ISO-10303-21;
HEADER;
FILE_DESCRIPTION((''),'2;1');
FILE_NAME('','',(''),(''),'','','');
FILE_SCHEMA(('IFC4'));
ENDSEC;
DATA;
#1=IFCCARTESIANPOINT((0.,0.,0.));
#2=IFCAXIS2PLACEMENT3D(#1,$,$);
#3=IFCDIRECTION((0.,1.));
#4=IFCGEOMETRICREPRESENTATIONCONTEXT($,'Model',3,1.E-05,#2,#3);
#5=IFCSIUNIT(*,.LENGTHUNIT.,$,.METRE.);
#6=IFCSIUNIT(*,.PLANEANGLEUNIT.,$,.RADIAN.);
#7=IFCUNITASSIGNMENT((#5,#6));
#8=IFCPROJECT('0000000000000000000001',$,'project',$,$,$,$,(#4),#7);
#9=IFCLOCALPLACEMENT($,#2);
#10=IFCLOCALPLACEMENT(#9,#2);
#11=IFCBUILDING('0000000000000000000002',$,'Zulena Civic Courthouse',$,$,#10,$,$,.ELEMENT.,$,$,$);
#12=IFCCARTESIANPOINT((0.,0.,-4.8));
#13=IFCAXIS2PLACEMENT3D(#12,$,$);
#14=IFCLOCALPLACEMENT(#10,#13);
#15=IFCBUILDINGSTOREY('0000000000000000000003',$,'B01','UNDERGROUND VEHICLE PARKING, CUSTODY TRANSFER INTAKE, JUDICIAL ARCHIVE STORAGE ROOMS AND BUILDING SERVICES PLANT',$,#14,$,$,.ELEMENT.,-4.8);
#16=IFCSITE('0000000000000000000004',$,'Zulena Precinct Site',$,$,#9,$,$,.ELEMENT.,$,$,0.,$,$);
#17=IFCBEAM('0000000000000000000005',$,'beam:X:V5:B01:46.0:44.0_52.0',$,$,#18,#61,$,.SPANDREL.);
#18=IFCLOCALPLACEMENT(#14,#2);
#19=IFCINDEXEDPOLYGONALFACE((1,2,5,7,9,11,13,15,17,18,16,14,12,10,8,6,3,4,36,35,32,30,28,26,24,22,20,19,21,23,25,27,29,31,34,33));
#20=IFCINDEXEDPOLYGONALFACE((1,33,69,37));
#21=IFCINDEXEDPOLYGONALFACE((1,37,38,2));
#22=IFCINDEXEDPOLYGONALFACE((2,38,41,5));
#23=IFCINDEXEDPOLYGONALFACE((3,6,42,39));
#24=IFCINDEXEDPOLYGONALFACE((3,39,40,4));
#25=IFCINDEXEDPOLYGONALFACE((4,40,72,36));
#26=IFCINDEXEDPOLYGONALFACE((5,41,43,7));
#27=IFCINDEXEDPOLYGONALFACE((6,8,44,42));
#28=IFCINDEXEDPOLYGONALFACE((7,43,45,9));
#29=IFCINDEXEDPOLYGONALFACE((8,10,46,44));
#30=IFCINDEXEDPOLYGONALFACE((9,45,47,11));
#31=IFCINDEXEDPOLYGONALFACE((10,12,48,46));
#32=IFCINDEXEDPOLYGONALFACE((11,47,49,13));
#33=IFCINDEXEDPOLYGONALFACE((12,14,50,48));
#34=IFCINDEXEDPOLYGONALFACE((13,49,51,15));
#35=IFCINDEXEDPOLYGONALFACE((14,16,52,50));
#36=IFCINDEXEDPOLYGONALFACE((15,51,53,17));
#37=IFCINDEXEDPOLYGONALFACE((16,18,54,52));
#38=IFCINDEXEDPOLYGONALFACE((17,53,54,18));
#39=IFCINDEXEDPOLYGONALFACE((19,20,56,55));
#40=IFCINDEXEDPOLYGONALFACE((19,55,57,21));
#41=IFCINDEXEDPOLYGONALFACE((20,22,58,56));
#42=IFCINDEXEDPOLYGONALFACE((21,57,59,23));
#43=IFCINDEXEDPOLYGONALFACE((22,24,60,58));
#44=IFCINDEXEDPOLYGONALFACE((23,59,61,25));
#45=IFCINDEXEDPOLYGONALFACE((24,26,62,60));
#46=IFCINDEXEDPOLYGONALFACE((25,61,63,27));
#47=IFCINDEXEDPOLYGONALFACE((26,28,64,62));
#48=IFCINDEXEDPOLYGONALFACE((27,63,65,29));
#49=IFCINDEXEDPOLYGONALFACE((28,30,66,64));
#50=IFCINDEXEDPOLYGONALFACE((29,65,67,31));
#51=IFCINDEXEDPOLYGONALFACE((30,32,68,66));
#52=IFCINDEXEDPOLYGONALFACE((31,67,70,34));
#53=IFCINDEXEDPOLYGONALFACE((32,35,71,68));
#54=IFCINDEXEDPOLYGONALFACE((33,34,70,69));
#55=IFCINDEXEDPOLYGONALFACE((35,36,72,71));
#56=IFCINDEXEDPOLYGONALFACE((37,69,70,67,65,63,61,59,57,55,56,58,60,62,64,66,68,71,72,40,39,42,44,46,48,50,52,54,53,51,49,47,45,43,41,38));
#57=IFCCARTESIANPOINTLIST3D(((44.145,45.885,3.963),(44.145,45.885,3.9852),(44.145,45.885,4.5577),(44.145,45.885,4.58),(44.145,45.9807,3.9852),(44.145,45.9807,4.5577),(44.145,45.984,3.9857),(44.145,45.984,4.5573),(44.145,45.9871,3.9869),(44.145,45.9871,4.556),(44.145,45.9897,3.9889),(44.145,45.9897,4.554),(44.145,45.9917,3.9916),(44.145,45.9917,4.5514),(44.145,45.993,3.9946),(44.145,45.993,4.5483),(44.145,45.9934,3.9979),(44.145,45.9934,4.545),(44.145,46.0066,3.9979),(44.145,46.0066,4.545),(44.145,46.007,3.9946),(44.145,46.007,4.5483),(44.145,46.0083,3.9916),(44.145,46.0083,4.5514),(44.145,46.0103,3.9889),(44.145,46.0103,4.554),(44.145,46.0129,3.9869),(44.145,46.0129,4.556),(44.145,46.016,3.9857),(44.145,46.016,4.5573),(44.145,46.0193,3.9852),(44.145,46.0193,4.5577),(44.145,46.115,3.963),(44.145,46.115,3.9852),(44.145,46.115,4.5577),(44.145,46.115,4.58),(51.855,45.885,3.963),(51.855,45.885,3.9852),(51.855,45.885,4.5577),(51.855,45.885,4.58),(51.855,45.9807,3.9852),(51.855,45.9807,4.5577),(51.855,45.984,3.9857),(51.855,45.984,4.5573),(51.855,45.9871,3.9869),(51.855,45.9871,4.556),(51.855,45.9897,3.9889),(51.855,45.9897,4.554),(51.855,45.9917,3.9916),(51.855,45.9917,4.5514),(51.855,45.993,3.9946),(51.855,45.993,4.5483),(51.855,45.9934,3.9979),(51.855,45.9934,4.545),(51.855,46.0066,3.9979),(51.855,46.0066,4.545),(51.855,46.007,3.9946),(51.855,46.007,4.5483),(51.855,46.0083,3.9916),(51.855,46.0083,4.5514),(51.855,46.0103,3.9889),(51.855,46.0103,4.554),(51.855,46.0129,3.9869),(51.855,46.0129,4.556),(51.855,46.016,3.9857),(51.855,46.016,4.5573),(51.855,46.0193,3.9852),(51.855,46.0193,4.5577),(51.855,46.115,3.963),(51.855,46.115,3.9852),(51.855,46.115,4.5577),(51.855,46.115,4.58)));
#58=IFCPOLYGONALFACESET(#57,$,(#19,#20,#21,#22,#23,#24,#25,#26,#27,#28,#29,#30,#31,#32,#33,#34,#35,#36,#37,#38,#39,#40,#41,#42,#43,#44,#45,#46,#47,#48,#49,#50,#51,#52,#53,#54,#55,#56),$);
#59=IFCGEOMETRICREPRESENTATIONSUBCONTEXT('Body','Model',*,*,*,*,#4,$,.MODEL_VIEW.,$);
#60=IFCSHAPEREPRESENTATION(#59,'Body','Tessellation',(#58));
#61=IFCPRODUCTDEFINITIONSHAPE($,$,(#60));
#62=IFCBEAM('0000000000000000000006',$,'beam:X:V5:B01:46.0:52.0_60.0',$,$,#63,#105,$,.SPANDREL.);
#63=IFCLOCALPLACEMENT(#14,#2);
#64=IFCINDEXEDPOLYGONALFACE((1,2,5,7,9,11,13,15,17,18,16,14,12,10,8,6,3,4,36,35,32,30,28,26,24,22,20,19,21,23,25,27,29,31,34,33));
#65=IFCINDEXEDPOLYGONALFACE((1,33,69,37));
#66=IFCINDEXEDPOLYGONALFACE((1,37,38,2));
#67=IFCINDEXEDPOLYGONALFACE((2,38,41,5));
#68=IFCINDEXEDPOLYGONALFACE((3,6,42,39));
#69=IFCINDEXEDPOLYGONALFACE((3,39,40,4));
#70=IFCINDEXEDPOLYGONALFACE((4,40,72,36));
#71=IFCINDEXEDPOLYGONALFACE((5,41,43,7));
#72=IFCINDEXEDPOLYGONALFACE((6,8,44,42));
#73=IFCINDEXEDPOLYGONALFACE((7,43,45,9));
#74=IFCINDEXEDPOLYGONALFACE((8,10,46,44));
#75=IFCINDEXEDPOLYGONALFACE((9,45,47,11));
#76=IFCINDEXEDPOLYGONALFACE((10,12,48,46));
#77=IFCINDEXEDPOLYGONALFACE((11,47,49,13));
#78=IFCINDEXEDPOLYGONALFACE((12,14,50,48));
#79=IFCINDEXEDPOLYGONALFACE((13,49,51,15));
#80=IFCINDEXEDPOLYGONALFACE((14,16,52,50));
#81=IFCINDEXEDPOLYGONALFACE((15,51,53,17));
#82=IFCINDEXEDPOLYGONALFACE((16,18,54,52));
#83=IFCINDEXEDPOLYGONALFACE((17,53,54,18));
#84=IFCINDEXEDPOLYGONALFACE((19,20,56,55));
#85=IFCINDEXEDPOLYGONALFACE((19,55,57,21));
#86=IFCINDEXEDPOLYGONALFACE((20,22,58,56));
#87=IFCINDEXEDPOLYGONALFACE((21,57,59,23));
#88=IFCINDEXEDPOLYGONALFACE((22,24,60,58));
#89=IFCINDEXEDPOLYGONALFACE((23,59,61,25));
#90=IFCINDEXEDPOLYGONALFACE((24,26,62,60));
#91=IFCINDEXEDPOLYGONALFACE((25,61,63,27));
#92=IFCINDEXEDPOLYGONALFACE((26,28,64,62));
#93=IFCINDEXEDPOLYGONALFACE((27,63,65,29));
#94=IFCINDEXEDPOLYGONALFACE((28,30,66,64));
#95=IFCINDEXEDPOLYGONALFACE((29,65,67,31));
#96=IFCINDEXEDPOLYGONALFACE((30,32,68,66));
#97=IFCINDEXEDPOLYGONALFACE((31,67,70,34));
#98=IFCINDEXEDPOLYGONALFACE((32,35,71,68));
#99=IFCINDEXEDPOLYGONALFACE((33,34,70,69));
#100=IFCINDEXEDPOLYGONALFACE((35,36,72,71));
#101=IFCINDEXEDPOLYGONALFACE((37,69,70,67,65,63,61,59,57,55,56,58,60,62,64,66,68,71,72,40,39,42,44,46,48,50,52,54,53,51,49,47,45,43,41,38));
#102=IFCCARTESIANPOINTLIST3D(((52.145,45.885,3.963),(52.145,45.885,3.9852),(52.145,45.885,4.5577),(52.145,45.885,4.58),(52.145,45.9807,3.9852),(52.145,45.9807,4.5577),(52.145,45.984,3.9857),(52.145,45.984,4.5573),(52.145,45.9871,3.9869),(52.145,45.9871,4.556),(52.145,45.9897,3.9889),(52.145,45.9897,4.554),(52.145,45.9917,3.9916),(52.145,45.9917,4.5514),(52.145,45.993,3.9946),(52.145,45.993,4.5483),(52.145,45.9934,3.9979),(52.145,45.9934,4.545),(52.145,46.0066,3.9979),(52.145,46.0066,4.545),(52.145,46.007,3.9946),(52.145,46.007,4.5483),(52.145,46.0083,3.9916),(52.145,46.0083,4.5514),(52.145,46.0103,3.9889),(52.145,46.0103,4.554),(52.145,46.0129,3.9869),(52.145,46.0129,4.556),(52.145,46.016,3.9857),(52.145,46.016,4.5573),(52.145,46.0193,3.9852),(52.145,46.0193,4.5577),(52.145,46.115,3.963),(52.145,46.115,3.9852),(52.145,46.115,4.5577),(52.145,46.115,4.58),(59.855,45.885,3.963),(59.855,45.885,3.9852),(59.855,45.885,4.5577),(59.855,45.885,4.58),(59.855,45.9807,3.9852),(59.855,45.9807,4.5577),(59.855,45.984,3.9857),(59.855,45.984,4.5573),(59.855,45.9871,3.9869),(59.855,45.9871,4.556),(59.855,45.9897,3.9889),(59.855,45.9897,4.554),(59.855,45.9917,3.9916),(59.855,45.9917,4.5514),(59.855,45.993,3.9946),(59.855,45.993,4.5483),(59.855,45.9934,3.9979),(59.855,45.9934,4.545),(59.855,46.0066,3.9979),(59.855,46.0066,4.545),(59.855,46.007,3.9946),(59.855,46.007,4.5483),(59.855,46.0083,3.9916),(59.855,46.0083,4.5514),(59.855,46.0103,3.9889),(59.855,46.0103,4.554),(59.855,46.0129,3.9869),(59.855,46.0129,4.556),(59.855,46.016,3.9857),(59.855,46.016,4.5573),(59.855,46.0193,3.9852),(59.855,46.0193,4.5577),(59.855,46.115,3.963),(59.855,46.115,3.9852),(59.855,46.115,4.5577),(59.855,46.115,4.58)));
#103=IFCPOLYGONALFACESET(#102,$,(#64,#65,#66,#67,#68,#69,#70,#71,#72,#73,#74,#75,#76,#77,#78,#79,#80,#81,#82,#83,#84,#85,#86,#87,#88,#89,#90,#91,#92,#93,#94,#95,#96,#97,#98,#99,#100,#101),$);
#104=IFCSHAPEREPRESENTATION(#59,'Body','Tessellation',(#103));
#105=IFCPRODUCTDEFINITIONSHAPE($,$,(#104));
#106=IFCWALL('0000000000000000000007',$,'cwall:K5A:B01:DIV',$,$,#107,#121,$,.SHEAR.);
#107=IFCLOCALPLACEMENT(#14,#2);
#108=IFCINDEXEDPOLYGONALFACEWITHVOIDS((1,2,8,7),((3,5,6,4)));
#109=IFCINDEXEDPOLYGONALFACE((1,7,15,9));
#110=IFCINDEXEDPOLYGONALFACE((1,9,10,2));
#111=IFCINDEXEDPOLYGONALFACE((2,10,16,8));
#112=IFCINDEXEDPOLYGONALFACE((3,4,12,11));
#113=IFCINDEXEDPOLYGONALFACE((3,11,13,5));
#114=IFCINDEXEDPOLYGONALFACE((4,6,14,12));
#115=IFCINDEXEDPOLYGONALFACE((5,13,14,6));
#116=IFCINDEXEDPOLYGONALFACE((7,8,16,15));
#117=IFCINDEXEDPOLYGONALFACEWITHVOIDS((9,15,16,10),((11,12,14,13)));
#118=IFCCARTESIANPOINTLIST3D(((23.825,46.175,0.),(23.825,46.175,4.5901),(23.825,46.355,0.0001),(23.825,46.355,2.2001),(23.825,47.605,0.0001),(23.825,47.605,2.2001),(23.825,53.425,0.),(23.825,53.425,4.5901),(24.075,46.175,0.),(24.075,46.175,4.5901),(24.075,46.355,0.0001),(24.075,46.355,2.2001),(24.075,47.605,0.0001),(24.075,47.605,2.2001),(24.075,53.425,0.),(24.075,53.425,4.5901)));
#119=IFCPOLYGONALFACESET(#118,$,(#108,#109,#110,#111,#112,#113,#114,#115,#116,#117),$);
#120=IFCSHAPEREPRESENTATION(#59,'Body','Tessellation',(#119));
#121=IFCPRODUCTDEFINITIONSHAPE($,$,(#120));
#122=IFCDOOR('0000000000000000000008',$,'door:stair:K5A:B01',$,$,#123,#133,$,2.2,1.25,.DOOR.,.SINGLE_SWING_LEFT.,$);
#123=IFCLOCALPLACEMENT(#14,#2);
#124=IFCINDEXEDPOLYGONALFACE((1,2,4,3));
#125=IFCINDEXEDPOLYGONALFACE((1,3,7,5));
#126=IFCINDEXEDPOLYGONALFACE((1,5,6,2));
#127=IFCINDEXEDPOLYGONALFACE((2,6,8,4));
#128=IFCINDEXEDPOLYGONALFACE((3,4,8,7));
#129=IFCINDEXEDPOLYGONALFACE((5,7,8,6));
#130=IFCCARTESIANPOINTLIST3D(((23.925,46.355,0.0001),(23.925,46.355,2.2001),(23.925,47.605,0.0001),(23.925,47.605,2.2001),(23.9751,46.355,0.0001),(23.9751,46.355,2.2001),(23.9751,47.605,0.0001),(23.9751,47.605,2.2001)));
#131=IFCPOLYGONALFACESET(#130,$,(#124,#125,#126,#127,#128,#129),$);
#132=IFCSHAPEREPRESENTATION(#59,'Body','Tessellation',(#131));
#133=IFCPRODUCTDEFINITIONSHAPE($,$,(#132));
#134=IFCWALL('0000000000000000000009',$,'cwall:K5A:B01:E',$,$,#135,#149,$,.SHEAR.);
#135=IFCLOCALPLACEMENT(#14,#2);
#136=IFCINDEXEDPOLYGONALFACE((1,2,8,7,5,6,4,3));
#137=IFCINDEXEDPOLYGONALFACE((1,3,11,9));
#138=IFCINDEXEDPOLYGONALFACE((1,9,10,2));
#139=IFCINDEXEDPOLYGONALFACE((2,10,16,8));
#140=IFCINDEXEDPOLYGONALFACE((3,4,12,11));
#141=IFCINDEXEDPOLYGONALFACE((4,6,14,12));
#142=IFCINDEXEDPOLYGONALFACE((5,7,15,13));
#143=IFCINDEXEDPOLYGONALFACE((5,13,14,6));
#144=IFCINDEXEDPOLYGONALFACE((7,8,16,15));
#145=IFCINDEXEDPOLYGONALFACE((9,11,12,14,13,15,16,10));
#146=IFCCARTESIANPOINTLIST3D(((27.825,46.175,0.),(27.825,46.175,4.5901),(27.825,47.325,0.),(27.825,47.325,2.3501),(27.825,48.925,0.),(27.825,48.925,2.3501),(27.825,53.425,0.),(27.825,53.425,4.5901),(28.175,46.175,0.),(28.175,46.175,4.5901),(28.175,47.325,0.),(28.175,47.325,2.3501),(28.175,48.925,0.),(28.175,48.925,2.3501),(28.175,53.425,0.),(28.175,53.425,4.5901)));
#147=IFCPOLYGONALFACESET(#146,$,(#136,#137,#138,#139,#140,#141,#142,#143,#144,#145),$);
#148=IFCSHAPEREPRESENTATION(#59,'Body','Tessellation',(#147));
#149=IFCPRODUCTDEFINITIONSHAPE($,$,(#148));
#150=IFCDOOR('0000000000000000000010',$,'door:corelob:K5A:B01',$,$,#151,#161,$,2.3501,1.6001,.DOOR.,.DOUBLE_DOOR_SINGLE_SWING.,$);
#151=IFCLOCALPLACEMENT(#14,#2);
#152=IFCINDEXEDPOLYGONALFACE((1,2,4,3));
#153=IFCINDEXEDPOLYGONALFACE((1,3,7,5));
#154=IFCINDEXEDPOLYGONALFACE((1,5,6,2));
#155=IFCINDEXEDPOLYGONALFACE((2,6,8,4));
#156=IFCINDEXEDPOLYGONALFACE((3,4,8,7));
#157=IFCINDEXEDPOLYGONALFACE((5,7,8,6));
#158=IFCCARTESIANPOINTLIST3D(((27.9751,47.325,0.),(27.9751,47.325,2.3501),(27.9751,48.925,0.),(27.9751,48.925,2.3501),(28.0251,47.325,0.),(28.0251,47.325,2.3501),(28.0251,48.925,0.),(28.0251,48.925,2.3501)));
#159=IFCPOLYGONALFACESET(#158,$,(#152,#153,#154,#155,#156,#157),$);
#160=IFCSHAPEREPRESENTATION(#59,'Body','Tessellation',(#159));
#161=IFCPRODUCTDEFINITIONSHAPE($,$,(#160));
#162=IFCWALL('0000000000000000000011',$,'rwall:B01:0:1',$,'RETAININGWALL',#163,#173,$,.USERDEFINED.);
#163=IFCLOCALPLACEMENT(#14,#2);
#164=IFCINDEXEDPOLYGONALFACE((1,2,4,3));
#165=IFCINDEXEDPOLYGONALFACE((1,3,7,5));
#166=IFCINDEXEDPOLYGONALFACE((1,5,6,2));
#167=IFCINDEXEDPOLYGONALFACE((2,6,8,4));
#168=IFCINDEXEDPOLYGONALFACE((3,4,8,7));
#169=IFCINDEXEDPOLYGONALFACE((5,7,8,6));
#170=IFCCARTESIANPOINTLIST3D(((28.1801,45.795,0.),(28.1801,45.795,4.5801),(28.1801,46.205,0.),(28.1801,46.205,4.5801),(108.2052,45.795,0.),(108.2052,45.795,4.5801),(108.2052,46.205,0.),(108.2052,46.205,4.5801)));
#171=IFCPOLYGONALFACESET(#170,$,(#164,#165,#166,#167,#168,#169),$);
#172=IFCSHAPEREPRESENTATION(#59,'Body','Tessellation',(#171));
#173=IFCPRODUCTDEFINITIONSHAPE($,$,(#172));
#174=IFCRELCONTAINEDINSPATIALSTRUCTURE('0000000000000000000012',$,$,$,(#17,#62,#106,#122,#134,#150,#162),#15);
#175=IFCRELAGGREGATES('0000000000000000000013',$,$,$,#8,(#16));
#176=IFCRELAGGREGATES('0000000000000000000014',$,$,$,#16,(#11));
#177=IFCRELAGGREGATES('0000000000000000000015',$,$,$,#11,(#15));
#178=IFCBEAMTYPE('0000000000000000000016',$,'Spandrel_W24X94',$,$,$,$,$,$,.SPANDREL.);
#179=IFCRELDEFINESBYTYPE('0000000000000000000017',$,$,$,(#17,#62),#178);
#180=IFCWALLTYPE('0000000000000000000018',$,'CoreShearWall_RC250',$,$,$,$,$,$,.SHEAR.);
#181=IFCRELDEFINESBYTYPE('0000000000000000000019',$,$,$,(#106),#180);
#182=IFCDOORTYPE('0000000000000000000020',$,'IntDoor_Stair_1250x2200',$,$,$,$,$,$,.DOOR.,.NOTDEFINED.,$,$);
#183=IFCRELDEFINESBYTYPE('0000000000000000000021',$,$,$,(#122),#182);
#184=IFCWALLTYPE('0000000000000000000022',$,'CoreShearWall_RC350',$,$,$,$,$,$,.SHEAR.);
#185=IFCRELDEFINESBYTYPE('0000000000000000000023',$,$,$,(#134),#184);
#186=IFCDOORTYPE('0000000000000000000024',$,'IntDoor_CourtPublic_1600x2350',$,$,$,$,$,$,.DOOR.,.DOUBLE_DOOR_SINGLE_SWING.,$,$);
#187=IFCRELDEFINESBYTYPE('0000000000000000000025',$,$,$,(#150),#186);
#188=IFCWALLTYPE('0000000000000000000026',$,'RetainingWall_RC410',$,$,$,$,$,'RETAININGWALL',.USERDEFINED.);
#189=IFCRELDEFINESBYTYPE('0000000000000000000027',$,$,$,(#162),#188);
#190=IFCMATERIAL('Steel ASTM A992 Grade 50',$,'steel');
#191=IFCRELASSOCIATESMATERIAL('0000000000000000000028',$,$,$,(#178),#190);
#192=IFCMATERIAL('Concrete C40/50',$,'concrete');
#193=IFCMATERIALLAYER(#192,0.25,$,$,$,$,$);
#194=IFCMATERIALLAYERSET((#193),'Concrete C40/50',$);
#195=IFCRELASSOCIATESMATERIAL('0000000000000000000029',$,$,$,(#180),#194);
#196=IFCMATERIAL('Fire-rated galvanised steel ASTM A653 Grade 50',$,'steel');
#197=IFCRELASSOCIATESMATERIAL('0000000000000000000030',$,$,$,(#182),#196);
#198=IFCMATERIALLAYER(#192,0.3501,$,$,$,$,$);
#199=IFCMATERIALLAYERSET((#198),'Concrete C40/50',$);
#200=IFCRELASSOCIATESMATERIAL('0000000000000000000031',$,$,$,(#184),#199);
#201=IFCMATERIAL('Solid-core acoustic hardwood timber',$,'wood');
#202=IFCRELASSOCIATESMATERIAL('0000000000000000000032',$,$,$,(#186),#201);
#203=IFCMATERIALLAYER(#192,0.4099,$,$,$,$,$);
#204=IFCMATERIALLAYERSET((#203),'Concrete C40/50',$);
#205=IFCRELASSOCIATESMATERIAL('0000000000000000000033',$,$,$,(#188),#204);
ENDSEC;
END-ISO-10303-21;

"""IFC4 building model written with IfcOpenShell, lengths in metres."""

from ifc_helpers import new_model, si_unit, direction, frame, frame_2d, origin, origin_2d, place, context, subcontext, project, spatial, rectangle, i_section, extrude, material, layer, layer_set, material_profile, profile_set, type_object, element, fill, save


model = new_model("IFC4")

# Units and contexts
model_context = context("Model", 3, precision=1e-05, world=origin(), true_north=direction((0.0, 1.0)))
body_context = subcontext(model_context, "Body", "Model", "MODEL_VIEW")
ifc_project = project(units=[si_unit("LENGTHUNIT", "METRE"), si_unit("PLANEANGLEUNIT", "RADIAN")], contexts=[model_context])

# Site, building, storey
site_placement = place(None, origin())
site = spatial("IfcSite", under=ifc_project, at=site_placement, Name="Zulena Precinct Site", CompositionType="ELEMENT", RefElevation=0.0)
building_placement = place(site_placement, origin())
building = spatial("IfcBuilding", under=site, at=building_placement, Name="Zulena Civic Courthouse", CompositionType="ELEMENT")
storey_placement = place(building_placement, frame((0.0, 0.0, -4.8)))
storey = spatial("IfcBuildingStorey", under=building, at=storey_placement, Name="B01", Description="UNDERGROUND VEHICLE PARKING, CUSTODY TRANSFER INTAKE, JUDICIAL ARCHIVE STORAGE ROOMS AND BUILDING SERVICES PLANT", CompositionType="ELEMENT", Elevation=-4.8)

# Shared definitions
ifc_material_1 = material(Name="Concrete C40/50", Category="concrete")

# Shared definitions
ifc_material_2 = material(Name="Steel ASTM A992 Grade 50", Category="steel")

# Beams
ifc_material_profile_1 = material_profile(ifc_material_2, i_section(OverallWidth=0.23, OverallDepth=0.6169, WebThickness=0.0132, FlangeThickness=0.0222, FilletRadius=0.0127, at=origin_2d()), Name="W24X94")
ifc_profile_set_1 = profile_set([ifc_material_profile_1], Name="Steel ASTM A992 Grade 50")
beam_type_1 = type_object("IfcBeamType", Name="Spandrel_W24X94", PredefinedType="SPANDREL", material=ifc_profile_set_1)
for number, where, z_axis, x_axis, name in (
    (1, (44.145, 46.0, 4.2715), (1.0, 0.0, 0.0), (0.0, 1.0, 0.0), "beam:X:V5:B01:46.0:44.0_52.0"),
    (2, (52.145, 46.0, 4.2715), (1.0, 0.0, 0.0), (0.0, 1.0, 0.0), "beam:X:V5:B01:46.0:52.0_60.0"),
):
    element("IfcBeam", number, at=place(storey_placement, frame(where, z_axis=z_axis, x_axis=x_axis)), inside=storey, type_object=beam_type_1, Name=name, PredefinedType="SPANDREL", context=body_context, shape_type="SweptSolid", body=[
        extrude(i_section(OverallWidth=0.23, OverallDepth=0.6169, WebThickness=0.0132, FlangeThickness=0.0222, FilletRadius=0.0127, at=origin_2d()), origin(), (0.0, 0.0, 1.0), 7.71),
    ])

# Walls, openings, doors
ifc_layer_1 = layer(ifc_material_1, 0.25)
ifc_layer_set_1 = layer_set([ifc_layer_1], Name="Concrete C40/50")
wall_type_1 = type_object("IfcWallType", Name="CoreShearWall_RC250", PredefinedType="SHEAR", material=ifc_layer_set_1)
wall_1_placement = place(storey_placement, frame((23.95, 46.175, 0.0), z_axis=(0.0, 0.0, 1.0), x_axis=(0.0, 1.0, 0.0)))
wall_1 = element("IfcWall", 3, at=wall_1_placement, inside=storey, type_object=wall_type_1, Name="cwall:K5A:B01:DIV", PredefinedType="SHEAR", context=body_context, shape_type="SweptSolid", body=[
    extrude(rectangle(XDim=7.25, YDim=0.25, at=frame_2d((3.625, 0.0))), origin(), (0.0, 0.0, 1.0), 4.5901),
])
opening_1_placement = place(wall_1_placement, frame((0.1799, 0.0, 0.0)))
opening_1 = element("IfcOpeningElement", 4, at=opening_1_placement, cuts=wall_1, PredefinedType="OPENING", context=body_context, shape_type="SweptSolid", body=[
    extrude(rectangle(XDim=1.25, YDim=2.2, at=frame_2d((0.625, 1.1001))), frame((0.0, 0.135, 0.0), z_axis=(0.0, -1.0, 0.0), x_axis=(1.0, 0.0, 0.0)), (0.0, 0.0, 1.0), 0.27),
])
ifc_material_3 = material(Name="Fire-rated galvanised steel ASTM A653 Grade 50", Category="steel")
door_type_1 = type_object("IfcDoorType", Name="IntDoor_Stair_1250x2200", OperationType="NOTDEFINED", PredefinedType="DOOR", material=ifc_material_3)
door_1_placement = place(opening_1_placement, origin())
door_1 = element("IfcDoor", 5, at=door_1_placement, inside=storey, type_object=door_type_1, Name="door:stair:K5A:B01", OperationType="SINGLE_SWING_LEFT", OverallHeight=2.2, OverallWidth=1.25, PredefinedType="DOOR", context=body_context, shape_type="SweptSolid", body=[
    extrude(rectangle(XDim=1.25, YDim=2.2, at=frame_2d((0.625, 1.1001))), frame((0.0, 0.0249, 0.0), z_axis=(0.0, -1.0, 0.0), x_axis=(1.0, 0.0, 0.0)), (0.0, 0.0, 1.0), 0.05),
])
fill(opening_1, door_1)
ifc_layer_2 = layer(ifc_material_1, 0.3501)
ifc_layer_set_2 = layer_set([ifc_layer_2], Name="Concrete C40/50")
wall_type_2 = type_object("IfcWallType", Name="CoreShearWall_RC350", PredefinedType="SHEAR", material=ifc_layer_set_2)
wall_2_placement = place(storey_placement, frame((28.0, 46.175, 0.0), z_axis=(0.0, 0.0, 1.0), x_axis=(0.0, 1.0, 0.0)))
wall_2 = element("IfcWall", 6, at=wall_2_placement, inside=storey, type_object=wall_type_2, Name="cwall:K5A:B01:E", PredefinedType="SHEAR", context=body_context, shape_type="SweptSolid", body=[
    extrude(rectangle(XDim=7.25, YDim=0.3501, at=frame_2d((3.625, 0.0))), origin(), (0.0, 0.0, 1.0), 4.5901),
])
opening_2_placement = place(wall_2_placement, frame((1.1499, 0.0, 0.0)))
opening_2 = element("IfcOpeningElement", 7, at=opening_2_placement, cuts=wall_2, PredefinedType="OPENING", context=body_context, shape_type="SweptSolid", body=[
    extrude(rectangle(XDim=1.6001, YDim=2.3501, at=frame_2d((0.8, 1.175))), frame((0.0, 0.1851, 0.0), z_axis=(0.0, -1.0, 0.0), x_axis=(1.0, 0.0, 0.0)), (0.0, 0.0, 1.0), 0.3701),
])
ifc_material_4 = material(Name="Solid-core acoustic hardwood timber", Category="wood")
door_type_2 = type_object("IfcDoorType", Name="IntDoor_CourtPublic_1600x2350", OperationType="DOUBLE_DOOR_SINGLE_SWING", PredefinedType="DOOR", material=ifc_material_4)
door_2_placement = place(opening_2_placement, origin())
door_2 = element("IfcDoor", 8, at=door_2_placement, inside=storey, type_object=door_type_2, Name="door:corelob:K5A:B01", OperationType="DOUBLE_DOOR_SINGLE_SWING", OverallHeight=2.3501, OverallWidth=1.6001, PredefinedType="DOOR", context=body_context, shape_type="SweptSolid", body=[
    extrude(rectangle(XDim=1.6001, YDim=2.3501, at=frame_2d((0.8, 1.175))), frame((0.0, 0.0249, 0.0), z_axis=(0.0, -1.0, 0.0), x_axis=(1.0, 0.0, 0.0)), (0.0, 0.0, 1.0), 0.05),
])
fill(opening_2, door_2)

# Wall
ifc_layer_3 = layer(ifc_material_1, 0.4099)
ifc_layer_set_3 = layer_set([ifc_layer_3], Name="Concrete C40/50")
wall_type_3 = type_object("IfcWallType", Name="RetainingWall_RC410", ElementType="RETAININGWALL", PredefinedType="USERDEFINED", material=ifc_layer_set_3)
wall_3_placement = place(storey_placement, frame((28.1799, 46.0, 0.0), z_axis=(0.0, 0.0, 1.0), x_axis=(1.0, 0.0, 0.0)))
element("IfcWall", 9, at=wall_3_placement, inside=storey, type_object=wall_type_3, Name="rwall:B01:0:1", ObjectType="RETAININGWALL", PredefinedType="USERDEFINED", context=body_context, shape_type="SweptSolid", body=[
    extrude(rectangle(XDim=80.0251, YDim=0.4099, at=frame_2d((40.0127, 0.0))), origin(), (0.0, 0.0, 1.0), 4.5801),
])

save(model, "model.ifc")
